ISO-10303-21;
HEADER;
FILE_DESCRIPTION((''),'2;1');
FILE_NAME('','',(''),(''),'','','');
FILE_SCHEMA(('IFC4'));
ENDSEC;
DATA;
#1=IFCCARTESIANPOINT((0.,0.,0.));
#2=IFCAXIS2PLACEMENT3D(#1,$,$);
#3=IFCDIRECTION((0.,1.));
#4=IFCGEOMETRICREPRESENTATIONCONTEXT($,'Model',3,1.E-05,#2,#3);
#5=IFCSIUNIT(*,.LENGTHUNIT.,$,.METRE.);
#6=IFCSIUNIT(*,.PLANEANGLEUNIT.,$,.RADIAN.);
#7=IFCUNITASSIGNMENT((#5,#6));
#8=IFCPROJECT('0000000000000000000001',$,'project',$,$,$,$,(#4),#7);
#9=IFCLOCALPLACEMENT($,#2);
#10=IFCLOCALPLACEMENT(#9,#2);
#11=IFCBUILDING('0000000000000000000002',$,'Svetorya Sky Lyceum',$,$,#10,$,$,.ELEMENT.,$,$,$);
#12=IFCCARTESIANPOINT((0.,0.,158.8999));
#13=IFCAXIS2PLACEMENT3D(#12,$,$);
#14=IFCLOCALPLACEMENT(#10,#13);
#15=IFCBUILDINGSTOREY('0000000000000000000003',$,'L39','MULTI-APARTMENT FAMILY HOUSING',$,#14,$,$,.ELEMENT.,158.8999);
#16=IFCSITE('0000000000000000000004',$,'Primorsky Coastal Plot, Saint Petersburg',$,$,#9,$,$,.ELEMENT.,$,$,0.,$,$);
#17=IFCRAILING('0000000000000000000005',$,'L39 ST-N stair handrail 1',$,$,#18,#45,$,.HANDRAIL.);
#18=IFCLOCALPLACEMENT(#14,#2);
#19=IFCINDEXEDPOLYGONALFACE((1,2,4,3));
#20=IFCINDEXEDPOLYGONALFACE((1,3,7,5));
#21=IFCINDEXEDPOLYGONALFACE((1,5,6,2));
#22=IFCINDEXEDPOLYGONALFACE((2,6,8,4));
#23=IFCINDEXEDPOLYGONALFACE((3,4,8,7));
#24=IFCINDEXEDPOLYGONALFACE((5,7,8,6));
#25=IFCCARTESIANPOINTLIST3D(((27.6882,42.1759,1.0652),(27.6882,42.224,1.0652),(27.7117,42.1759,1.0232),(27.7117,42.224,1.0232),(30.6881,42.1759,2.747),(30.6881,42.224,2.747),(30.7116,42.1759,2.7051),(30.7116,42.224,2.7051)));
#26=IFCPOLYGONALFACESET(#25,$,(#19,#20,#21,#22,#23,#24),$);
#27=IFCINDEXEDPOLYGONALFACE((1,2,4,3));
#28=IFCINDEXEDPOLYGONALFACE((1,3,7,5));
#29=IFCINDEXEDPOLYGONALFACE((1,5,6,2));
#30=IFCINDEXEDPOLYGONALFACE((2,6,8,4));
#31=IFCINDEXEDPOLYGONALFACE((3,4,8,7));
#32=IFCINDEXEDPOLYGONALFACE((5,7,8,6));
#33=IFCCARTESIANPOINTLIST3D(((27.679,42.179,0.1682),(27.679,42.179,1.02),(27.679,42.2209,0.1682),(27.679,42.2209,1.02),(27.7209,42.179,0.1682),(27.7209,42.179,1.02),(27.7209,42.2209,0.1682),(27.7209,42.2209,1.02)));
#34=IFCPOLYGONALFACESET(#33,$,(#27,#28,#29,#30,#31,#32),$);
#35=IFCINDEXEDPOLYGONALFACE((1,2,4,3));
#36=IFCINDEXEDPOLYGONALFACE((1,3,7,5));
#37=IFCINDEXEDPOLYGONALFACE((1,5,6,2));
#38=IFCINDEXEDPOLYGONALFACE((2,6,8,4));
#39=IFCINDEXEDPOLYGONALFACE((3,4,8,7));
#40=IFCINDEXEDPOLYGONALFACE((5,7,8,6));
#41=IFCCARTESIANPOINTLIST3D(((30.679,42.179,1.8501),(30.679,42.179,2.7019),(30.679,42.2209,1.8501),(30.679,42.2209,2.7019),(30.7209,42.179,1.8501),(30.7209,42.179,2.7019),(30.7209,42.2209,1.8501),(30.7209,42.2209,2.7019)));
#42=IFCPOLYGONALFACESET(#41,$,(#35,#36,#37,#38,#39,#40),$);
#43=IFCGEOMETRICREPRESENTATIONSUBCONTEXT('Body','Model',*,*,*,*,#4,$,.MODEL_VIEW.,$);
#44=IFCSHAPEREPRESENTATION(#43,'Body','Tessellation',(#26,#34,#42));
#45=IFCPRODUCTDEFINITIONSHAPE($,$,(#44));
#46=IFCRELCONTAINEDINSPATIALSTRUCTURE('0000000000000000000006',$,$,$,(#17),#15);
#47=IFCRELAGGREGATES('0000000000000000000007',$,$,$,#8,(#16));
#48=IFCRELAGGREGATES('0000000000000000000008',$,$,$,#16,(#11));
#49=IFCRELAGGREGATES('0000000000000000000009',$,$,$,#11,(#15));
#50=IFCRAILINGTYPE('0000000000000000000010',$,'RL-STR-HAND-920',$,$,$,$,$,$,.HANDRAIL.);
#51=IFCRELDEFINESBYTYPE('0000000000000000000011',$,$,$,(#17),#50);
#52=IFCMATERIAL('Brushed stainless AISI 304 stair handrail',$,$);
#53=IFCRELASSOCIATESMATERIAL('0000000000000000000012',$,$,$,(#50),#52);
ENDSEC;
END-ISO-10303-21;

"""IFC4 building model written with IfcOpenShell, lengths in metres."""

from ifc_helpers import new_model, si_unit, direction, frame, origin, origin_2d, place, context, subcontext, project, spatial, rectangle, extrude, material, type_object, element, save


model = new_model("IFC4")

# Units and contexts
model_context = context("Model", 3, precision=1e-05, world=origin(), true_north=direction((0.0, 1.0)))
body_context = subcontext(model_context, "Body", "Model", "MODEL_VIEW")
ifc_project = project(units=[si_unit("LENGTHUNIT", "METRE"), si_unit("PLANEANGLEUNIT", "RADIAN")], contexts=[model_context])

# Site, building, storey
site_placement = place(None, origin())
site = spatial("IfcSite", under=ifc_project, at=site_placement, Name="Primorsky Coastal Plot, Saint Petersburg", CompositionType="ELEMENT", RefElevation=0.0)
building_placement = place(site_placement, origin())
building = spatial("IfcBuilding", under=site, at=building_placement, Name="Svetorya Sky Lyceum", CompositionType="ELEMENT")
storey_placement = place(building_placement, frame((0.0, 0.0, 158.8999)))
storey = spatial("IfcBuildingStorey", under=building, at=storey_placement, Name="L39", Description="MULTI-APARTMENT FAMILY HOUSING", CompositionType="ELEMENT", Elevation=158.8999)

# Railing
ifc_material_1 = material(Name="Brushed stainless AISI 304 stair handrail")
railing_type_1 = type_object("IfcRailingType", Name="RL-STR-HAND-920", PredefinedType="HANDRAIL", material=ifc_material_1)
railing_1_placement = place(storey_placement, frame((27.7, 42.2, 0.1682)))
element("IfcRailing", 1, at=railing_1_placement, inside=storey, type_object=railing_type_1, Name="L39 ST-N stair handrail 1", PredefinedType="HANDRAIL", context=body_context, shape_type="SweptSolid", body=[
    extrude(rectangle(XDim=0.0481, YDim=0.0481, at=origin_2d()), frame((0.0, 0.0, 0.876), z_axis=(0.872272, 0.0, 0.48902), x_axis=(0.0, 1.0, 0.0)), (0.0, 0.0, 1.0), 3.4392),
    extrude(rectangle(XDim=0.042, YDim=0.042, at=origin_2d()), origin(), (0.0, 0.0, 1.0), 0.8518),
    extrude(rectangle(XDim=0.042, YDim=0.042, at=origin_2d()), frame((3.0, 0.0, 1.6819)), (0.0, 0.0, 1.0), 0.8518),
])

save(model, "model.ifc")
